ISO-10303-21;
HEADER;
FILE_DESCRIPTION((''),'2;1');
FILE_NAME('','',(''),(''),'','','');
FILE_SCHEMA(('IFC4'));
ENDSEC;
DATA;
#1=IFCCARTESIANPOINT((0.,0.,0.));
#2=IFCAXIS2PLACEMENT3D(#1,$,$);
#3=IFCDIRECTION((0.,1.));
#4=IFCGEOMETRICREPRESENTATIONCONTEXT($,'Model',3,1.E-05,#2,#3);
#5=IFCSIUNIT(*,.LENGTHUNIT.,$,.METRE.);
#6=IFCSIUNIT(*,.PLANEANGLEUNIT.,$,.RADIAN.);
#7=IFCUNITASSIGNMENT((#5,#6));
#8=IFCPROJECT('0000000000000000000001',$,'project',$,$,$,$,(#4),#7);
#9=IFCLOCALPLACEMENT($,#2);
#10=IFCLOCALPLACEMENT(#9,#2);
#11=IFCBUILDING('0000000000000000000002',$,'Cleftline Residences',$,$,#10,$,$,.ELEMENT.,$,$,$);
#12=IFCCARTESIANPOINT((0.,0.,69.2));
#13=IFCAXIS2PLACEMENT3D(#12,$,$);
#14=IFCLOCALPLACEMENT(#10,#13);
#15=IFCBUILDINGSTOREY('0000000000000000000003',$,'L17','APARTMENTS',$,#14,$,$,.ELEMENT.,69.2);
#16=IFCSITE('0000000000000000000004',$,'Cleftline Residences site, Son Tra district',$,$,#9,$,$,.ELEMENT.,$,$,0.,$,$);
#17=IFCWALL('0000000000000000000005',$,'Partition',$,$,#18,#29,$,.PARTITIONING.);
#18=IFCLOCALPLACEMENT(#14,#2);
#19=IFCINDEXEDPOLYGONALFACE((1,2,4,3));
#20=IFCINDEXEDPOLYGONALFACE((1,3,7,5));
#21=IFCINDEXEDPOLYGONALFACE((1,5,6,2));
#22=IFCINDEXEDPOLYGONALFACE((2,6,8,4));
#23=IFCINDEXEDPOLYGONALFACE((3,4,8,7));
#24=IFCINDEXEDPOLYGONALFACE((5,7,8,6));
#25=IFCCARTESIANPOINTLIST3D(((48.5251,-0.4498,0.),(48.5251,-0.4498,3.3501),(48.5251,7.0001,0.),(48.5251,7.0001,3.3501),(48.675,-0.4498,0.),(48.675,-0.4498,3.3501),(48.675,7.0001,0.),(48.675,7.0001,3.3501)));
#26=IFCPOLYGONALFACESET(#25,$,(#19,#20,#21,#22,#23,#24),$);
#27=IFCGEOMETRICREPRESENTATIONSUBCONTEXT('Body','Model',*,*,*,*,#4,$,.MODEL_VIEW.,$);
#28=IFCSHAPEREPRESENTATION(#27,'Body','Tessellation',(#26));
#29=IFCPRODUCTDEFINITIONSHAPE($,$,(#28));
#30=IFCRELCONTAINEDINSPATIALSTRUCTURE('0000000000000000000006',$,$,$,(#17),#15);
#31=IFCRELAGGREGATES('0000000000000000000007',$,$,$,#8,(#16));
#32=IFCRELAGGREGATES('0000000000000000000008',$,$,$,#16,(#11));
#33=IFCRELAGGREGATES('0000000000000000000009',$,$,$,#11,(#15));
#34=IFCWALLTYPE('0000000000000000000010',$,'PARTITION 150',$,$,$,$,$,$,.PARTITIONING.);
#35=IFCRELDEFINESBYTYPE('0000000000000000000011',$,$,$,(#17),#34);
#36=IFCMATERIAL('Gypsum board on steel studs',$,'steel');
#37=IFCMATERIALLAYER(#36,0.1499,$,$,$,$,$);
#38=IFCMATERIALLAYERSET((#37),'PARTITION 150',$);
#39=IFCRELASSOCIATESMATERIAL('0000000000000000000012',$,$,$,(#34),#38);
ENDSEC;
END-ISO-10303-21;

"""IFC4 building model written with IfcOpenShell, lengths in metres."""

from ifc_helpers import new_model, si_unit, direction, frame, frame_2d, origin, place, context, subcontext, project, spatial, rectangle, extrude, material, layer, layer_set, type_object, element, save


model = new_model("IFC4")

# Units and contexts
model_context = context("Model", 3, precision=1e-05, world=origin(), true_north=direction((0.0, 1.0)))
body_context = subcontext(model_context, "Body", "Model", "MODEL_VIEW")
ifc_project = project(units=[si_unit("LENGTHUNIT", "METRE"), si_unit("PLANEANGLEUNIT", "RADIAN")], contexts=[model_context])

# Site, building, storey
site_placement = place(None, origin())
site = spatial("IfcSite", under=ifc_project, at=site_placement, Name="Cleftline Residences site, Son Tra district", CompositionType="ELEMENT", RefElevation=0.0)
building_placement = place(site_placement, origin())
building = spatial("IfcBuilding", under=site, at=building_placement, Name="Cleftline Residences", CompositionType="ELEMENT")
storey_placement = place(building_placement, frame((0.0, 0.0, 69.2)))
storey = spatial("IfcBuildingStorey", under=building, at=storey_placement, Name="L17", Description="APARTMENTS", CompositionType="ELEMENT", Elevation=69.2)

# Shared definitions
ifc_material_1 = material(Name="Gypsum board on steel studs", Category="steel")
ifc_layer_1 = layer(ifc_material_1, 0.1499)
ifc_layer_set_1 = layer_set([ifc_layer_1], Name="PARTITION 150")
wall_type_1 = type_object("IfcWallType", Name="PARTITION 150", PredefinedType="PARTITIONING", material=ifc_layer_set_1)

# Wall
wall_1_placement = place(storey_placement, frame((48.6001, -0.45, 0.0), z_axis=(0.0, 0.0, 1.0), x_axis=(0.0, 1.0, 0.0)))
element("IfcWall", 1, at=wall_1_placement, inside=storey, type_object=wall_type_1, Name="Partition", PredefinedType="PARTITIONING", context=body_context, shape_type="SweptSolid", body=[
    extrude(rectangle(XDim=7.45, YDim=0.1499, at=frame_2d((3.7251, 0.0))), origin(), (0.0, 0.0, 1.0), 3.3501),
])

save(model, "model.ifc")
